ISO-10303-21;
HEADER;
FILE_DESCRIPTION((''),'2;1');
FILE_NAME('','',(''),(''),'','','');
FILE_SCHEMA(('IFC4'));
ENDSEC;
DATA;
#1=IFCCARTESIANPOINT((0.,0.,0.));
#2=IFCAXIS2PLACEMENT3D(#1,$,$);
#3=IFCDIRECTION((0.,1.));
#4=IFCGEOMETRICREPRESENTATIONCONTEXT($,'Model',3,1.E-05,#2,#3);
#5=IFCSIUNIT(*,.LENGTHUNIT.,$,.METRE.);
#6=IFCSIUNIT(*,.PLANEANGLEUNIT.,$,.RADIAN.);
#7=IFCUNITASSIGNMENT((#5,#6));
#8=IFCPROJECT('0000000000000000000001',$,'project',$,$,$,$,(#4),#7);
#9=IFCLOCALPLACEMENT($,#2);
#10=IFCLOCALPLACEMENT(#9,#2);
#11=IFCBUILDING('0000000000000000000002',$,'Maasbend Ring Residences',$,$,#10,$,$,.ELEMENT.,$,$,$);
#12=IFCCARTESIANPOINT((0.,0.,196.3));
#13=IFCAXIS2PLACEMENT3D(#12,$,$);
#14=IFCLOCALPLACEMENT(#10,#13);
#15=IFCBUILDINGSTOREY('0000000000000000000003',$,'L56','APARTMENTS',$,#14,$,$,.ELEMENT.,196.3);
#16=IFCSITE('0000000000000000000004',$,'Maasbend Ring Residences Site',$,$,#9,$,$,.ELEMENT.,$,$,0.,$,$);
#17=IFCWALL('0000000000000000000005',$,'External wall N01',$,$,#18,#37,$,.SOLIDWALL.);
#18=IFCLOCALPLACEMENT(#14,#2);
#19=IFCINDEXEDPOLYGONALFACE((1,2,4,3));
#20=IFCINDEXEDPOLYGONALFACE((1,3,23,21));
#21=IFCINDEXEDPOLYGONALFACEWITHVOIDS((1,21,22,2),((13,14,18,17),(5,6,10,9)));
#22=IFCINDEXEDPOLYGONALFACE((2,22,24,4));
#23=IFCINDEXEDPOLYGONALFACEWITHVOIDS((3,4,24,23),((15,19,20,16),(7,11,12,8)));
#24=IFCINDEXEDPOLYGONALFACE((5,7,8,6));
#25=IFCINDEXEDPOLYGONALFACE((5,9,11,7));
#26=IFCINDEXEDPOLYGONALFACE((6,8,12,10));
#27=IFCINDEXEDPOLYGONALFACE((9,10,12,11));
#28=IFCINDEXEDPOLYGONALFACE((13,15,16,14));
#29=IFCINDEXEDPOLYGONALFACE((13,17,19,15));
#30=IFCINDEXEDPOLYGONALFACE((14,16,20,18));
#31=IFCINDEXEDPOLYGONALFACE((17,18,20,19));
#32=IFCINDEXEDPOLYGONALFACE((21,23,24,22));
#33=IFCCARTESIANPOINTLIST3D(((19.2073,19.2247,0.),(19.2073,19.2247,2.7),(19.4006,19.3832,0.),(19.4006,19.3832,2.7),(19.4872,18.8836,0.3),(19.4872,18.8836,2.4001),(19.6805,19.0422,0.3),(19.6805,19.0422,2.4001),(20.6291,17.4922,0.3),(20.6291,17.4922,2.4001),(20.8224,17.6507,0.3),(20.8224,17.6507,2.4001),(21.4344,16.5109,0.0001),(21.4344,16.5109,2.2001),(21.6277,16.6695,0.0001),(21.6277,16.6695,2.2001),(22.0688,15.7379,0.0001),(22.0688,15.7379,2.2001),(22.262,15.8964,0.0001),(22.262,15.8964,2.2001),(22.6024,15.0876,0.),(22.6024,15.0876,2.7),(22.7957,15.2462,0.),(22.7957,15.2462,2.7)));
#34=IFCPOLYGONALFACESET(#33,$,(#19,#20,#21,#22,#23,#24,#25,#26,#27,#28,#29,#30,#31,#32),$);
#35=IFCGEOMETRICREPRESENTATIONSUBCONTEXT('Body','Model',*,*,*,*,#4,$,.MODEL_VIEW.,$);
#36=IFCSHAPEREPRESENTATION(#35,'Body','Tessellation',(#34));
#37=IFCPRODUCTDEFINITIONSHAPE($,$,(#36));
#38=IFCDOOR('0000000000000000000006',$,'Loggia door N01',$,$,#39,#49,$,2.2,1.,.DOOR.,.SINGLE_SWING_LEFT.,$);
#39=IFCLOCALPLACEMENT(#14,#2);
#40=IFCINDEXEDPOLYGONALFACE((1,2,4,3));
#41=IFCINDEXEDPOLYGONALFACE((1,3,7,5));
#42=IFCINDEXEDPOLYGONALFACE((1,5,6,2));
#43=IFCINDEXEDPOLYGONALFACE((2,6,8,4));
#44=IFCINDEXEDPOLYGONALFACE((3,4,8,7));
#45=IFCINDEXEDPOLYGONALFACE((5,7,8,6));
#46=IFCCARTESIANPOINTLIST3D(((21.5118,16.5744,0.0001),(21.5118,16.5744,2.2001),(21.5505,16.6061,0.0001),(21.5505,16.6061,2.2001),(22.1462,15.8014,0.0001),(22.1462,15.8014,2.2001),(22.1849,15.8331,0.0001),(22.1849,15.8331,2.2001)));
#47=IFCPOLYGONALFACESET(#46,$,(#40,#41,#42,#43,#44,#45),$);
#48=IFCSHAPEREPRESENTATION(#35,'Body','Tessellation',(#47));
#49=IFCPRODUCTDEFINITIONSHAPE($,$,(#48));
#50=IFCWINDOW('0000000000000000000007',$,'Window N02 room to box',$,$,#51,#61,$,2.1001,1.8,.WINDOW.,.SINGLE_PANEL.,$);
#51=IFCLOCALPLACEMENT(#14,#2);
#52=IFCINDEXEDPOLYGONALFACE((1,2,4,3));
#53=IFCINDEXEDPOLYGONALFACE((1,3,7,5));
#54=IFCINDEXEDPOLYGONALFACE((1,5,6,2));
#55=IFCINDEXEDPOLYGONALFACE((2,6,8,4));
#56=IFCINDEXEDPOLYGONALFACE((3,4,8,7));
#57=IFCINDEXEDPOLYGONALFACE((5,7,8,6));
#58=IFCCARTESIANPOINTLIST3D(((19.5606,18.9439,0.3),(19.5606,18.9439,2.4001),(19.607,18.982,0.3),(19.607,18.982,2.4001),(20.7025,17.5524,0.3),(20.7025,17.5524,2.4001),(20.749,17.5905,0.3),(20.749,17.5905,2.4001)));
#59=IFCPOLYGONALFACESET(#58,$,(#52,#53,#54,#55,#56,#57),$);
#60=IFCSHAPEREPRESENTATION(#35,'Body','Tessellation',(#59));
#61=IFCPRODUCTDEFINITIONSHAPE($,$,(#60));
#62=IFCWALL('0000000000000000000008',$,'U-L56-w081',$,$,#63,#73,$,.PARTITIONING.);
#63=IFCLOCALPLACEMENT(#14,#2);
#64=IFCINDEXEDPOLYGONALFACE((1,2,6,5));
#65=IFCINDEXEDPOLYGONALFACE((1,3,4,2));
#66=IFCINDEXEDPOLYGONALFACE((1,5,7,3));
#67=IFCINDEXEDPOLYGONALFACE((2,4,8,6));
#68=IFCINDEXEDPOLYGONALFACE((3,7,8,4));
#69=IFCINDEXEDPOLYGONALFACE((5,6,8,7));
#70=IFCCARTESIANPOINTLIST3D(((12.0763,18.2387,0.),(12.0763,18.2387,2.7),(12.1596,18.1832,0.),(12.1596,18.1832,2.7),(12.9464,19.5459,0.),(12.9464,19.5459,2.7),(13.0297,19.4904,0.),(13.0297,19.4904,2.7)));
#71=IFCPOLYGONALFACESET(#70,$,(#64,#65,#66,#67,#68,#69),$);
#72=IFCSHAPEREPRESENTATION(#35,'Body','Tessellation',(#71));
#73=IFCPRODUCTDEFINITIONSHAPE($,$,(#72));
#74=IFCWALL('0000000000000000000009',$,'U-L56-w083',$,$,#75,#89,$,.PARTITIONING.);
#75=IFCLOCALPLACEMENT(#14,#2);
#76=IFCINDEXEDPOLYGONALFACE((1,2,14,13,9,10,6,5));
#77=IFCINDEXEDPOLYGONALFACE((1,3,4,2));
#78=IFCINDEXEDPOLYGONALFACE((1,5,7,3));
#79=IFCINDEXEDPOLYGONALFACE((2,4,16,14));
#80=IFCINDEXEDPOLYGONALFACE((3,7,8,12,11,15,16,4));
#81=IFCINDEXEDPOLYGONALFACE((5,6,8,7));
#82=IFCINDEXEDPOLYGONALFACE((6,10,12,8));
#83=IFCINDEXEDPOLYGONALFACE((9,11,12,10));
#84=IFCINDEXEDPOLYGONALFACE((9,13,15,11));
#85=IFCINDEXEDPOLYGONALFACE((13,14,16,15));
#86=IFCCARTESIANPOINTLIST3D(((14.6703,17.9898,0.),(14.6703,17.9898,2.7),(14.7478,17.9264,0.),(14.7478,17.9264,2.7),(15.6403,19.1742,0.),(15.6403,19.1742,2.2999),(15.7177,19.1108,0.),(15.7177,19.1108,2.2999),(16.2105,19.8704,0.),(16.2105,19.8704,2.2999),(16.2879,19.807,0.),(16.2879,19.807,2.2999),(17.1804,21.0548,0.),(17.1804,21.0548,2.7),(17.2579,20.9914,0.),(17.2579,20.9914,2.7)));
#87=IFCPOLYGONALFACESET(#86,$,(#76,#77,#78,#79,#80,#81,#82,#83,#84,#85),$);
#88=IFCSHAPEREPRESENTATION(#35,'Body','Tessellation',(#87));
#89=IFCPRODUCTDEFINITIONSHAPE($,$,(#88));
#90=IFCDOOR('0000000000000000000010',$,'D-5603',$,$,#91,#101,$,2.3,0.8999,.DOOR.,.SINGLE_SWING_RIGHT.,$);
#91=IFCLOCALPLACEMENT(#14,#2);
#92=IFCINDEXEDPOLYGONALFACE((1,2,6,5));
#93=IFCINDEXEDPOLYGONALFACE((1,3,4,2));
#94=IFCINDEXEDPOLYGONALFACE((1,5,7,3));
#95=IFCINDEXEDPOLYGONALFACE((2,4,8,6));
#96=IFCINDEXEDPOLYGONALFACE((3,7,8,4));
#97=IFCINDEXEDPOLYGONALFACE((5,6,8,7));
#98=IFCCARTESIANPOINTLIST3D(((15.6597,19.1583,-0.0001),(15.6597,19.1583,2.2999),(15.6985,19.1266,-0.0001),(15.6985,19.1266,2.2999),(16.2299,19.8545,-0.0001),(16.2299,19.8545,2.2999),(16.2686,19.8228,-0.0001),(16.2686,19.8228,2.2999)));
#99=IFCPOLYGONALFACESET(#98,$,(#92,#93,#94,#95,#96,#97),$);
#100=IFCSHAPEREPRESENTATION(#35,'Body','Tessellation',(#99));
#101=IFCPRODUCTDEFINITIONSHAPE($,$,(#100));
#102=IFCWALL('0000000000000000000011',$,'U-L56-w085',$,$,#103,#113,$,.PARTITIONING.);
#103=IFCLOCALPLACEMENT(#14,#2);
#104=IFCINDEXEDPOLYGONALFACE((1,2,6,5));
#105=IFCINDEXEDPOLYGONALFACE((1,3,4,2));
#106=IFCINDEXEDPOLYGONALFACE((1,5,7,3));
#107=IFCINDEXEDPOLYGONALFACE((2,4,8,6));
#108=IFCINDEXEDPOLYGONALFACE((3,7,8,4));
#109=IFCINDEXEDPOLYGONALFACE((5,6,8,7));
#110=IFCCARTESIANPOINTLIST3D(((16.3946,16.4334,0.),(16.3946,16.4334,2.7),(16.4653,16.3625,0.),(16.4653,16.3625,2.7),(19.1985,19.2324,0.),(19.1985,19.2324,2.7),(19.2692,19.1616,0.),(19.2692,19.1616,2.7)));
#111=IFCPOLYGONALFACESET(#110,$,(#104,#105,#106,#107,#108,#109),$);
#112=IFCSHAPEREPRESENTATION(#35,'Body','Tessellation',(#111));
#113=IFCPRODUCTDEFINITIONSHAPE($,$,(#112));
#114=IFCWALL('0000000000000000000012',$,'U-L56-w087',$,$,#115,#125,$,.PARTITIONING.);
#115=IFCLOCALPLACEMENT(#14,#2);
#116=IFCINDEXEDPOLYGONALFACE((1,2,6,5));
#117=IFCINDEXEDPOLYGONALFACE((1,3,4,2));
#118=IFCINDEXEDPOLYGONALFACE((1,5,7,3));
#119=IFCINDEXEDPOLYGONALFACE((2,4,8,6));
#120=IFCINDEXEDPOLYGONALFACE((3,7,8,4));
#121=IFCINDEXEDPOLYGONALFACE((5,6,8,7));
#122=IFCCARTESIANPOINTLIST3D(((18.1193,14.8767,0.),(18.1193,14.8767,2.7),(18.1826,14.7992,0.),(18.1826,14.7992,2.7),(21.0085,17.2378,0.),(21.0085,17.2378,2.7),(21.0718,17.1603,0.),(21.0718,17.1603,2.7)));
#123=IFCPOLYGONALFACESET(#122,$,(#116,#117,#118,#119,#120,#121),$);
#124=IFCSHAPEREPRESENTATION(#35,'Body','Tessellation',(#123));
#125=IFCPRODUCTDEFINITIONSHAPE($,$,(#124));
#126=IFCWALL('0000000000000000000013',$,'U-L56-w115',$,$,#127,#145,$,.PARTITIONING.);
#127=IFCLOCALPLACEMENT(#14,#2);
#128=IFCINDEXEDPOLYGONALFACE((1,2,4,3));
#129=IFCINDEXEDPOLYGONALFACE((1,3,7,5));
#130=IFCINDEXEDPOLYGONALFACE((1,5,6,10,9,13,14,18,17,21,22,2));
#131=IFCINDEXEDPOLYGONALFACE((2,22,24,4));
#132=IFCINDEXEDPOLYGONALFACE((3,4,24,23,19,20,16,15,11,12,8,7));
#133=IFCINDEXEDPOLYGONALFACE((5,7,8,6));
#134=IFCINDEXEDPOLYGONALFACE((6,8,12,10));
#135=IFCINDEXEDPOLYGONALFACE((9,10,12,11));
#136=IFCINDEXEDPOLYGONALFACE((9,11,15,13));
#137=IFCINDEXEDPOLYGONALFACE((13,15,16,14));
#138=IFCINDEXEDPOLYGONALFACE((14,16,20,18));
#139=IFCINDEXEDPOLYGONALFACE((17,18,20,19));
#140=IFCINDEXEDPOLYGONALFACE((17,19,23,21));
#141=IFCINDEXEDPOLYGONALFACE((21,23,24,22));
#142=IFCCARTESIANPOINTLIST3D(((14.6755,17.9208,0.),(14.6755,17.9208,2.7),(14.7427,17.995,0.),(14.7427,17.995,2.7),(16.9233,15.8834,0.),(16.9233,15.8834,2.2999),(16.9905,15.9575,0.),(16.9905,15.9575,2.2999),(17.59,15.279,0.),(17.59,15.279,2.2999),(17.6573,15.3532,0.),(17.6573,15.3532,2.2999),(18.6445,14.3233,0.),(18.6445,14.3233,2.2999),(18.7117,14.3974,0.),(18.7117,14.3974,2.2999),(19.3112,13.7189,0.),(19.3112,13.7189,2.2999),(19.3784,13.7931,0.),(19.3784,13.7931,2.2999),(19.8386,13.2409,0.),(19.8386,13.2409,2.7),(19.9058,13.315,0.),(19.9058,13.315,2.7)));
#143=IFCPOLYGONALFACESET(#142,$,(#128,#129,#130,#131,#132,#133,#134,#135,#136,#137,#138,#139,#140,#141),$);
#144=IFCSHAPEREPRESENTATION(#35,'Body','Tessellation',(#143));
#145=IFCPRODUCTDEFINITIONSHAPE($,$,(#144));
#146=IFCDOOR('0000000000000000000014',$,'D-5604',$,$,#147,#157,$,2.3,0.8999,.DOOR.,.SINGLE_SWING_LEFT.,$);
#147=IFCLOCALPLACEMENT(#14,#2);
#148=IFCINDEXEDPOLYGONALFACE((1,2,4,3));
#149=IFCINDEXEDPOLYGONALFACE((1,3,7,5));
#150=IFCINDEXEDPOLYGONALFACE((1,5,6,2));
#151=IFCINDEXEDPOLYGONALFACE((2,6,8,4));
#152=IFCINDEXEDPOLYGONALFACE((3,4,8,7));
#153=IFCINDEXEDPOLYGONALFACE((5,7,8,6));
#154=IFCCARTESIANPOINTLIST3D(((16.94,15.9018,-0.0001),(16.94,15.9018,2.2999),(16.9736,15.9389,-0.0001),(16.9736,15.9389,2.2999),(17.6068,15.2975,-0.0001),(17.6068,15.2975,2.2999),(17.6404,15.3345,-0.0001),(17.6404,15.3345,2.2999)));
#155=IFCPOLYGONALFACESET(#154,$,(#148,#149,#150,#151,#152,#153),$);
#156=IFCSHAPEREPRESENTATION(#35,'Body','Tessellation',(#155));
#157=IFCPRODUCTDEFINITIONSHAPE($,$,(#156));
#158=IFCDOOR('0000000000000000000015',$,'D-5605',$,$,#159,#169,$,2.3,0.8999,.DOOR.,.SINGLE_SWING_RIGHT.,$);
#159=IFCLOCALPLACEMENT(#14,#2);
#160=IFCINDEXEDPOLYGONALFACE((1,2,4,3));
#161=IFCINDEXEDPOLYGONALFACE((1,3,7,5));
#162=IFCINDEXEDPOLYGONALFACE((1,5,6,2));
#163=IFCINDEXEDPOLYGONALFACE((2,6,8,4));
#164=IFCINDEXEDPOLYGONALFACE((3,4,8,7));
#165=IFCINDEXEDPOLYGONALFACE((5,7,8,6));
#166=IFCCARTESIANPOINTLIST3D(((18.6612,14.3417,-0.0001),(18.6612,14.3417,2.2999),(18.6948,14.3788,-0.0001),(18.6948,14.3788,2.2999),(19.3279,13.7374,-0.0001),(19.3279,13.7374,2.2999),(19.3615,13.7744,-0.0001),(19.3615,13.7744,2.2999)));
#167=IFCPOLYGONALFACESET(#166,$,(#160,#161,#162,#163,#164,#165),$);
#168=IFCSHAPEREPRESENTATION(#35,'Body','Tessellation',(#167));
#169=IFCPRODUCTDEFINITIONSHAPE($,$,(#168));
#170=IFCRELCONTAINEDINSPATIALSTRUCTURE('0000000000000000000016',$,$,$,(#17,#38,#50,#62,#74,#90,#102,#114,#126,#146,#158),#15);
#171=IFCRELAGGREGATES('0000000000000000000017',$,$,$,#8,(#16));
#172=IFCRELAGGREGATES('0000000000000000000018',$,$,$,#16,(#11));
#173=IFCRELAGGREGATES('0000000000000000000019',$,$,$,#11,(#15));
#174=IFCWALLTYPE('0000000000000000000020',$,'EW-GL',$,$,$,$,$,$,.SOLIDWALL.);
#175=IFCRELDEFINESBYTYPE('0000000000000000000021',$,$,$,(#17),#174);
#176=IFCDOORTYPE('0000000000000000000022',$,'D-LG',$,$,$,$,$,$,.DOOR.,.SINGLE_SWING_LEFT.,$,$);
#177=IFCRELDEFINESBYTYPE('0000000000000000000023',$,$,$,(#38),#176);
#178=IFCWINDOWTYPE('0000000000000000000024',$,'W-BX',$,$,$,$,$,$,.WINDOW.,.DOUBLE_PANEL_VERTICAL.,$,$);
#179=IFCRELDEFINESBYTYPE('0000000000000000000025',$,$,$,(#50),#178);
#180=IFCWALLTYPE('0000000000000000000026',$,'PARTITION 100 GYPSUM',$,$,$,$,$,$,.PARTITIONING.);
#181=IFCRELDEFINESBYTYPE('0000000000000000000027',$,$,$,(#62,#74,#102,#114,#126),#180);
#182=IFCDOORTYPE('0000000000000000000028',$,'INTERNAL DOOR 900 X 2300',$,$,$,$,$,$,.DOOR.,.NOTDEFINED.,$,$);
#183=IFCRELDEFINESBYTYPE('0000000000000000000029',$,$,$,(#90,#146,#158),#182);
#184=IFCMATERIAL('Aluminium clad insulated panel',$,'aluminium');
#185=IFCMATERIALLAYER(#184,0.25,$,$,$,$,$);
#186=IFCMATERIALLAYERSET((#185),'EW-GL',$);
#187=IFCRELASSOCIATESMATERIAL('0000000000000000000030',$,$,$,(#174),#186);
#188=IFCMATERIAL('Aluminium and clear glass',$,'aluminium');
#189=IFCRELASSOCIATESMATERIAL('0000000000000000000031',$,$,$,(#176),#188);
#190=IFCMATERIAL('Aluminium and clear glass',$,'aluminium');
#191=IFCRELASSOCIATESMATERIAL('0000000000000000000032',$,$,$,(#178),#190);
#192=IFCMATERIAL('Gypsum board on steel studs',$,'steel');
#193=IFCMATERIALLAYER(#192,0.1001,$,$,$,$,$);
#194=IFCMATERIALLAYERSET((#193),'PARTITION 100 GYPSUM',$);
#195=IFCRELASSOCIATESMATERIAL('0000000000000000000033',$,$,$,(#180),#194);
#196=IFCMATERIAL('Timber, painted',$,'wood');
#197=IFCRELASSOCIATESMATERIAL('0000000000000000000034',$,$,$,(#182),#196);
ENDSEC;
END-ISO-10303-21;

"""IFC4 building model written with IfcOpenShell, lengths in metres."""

from ifc_helpers import new_model, si_unit, direction, frame, frame_2d, origin, place, context, subcontext, project, spatial, rectangle, extrude, material, layer, layer_set, type_object, element, fill, save


model = new_model("IFC4")

# Units and contexts
model_context = context("Model", 3, precision=1e-05, world=origin(), true_north=direction((0.0, 1.0)))
body_context = subcontext(model_context, "Body", "Model", "MODEL_VIEW")
ifc_project = project(units=[si_unit("LENGTHUNIT", "METRE"), si_unit("PLANEANGLEUNIT", "RADIAN")], contexts=[model_context])

# Site, building, storey
site_placement = place(None, origin())
site = spatial("IfcSite", under=ifc_project, at=site_placement, Name="Maasbend Ring Residences Site", CompositionType="ELEMENT", RefElevation=0.0)
building_placement = place(site_placement, origin())
building = spatial("IfcBuilding", under=site, at=building_placement, Name="Maasbend Ring Residences", CompositionType="ELEMENT")
storey_placement = place(building_placement, frame((0.0, 0.0, 196.3)))
storey = spatial("IfcBuildingStorey", under=building, at=storey_placement, Name="L56", Description="APARTMENTS", CompositionType="ELEMENT", Elevation=196.3)

# Wall, openings, door, window
ifc_material_1 = material(Name="Aluminium clad insulated panel", Category="aluminium")
ifc_layer_1 = layer(ifc_material_1, 0.25)
ifc_layer_set_1 = layer_set([ifc_layer_1], Name="EW-GL")
wall_type_1 = type_object("IfcWallType", Name="EW-GL", PredefinedType="SOLIDWALL", material=ifc_layer_set_1)
wall_1_placement = place(storey_placement, frame((22.699, 15.167, 0.0), z_axis=(0.0, 0.0, 1.0), x_axis=(-0.634382, 0.773019, 0.0)))
wall_1 = element("IfcWall", 1, at=wall_1_placement, inside=storey, type_object=wall_type_1, Name="External wall N01", PredefinedType="SOLIDWALL", context=body_context, shape_type="SweptSolid", body=[
    extrude(rectangle(XDim=5.3518, YDim=0.25, at=frame_2d((2.6758, 0.0))), origin(), (0.0, 0.0, 1.0), 2.7),
])
opening_1_placement = place(wall_1_placement, frame((0.8411, 0.0, 0.0)))
opening_1 = element("IfcOpeningElement", 2, at=opening_1_placement, cuts=wall_1, PredefinedType="OPENING", context=body_context, shape_type="SweptSolid", body=[
    extrude(rectangle(XDim=1.0, YDim=2.2, at=frame_2d((0.5, 1.1001))), frame((0.0, 0.135, 0.0), z_axis=(0.0, -1.0, 0.0), x_axis=(1.0, 0.0, 0.0)), (0.0, 0.0, 1.0), 0.27),
])
opening_2_placement = place(wall_1_placement, frame((3.1106, 0.0, 0.3)))
opening_2 = element("IfcOpeningElement", 3, at=opening_2_placement, cuts=wall_1, PredefinedType="OPENING", context=body_context, shape_type="SweptSolid", body=[
    extrude(rectangle(XDim=1.8, YDim=2.1001, at=frame_2d((0.8999, 1.05))), frame((0.0, 0.135, 0.0), z_axis=(0.0, -1.0, 0.0), x_axis=(1.0, 0.0, 0.0)), (0.0, 0.0, 1.0), 0.27),
])
ifc_material_2 = material(Name="Aluminium and clear glass", Category="aluminium")
door_type_1 = type_object("IfcDoorType", Name="D-LG", OperationType="SINGLE_SWING_LEFT", PredefinedType="DOOR", material=ifc_material_2)
door_1_placement = place(opening_1_placement, origin())
door_1 = element("IfcDoor", 4, at=door_1_placement, inside=storey, type_object=door_type_1, Name="Loggia door N01", OperationType="SINGLE_SWING_LEFT", OverallHeight=2.2, OverallWidth=1.0, PredefinedType="DOOR", context=body_context, shape_type="SweptSolid", body=[
    extrude(rectangle(XDim=1.0, YDim=2.2, at=frame_2d((0.5, 1.1001))), frame((0.0, 0.0249, 0.0), z_axis=(0.0, -1.0, 0.0), x_axis=(1.0, 0.0, 0.0)), (0.0, 0.0, 1.0), 0.05),
])
fill(opening_1, door_1)
ifc_material_3 = material(Name="Aluminium and clear glass", Category="aluminium")
window_type_1 = type_object("IfcWindowType", Name="W-BX", PartitioningType="DOUBLE_PANEL_VERTICAL", PredefinedType="WINDOW", material=ifc_material_3)
window_1_placement = place(opening_2_placement, origin())
window_1 = element("IfcWindow", 5, at=window_1_placement, inside=storey, type_object=window_type_1, Name="Window N02 room to box", OverallHeight=2.1001, OverallWidth=1.8, PartitioningType="SINGLE_PANEL", PredefinedType="WINDOW", context=body_context, shape_type="SweptSolid", body=[
    extrude(rectangle(XDim=1.8, YDim=2.1001, at=frame_2d((0.8999, 1.05))), frame((0.0, 0.03, 0.0), z_axis=(0.0, -1.0, 0.0), x_axis=(1.0, 0.0, 0.0)), (0.0, 0.0, 1.0), 0.0601),
])
fill(opening_2, window_1)

# Wall
ifc_material_4 = material(Name="Gypsum board on steel studs", Category="steel")
ifc_layer_2 = layer(ifc_material_4, 0.1001)
ifc_layer_set_2 = layer_set([ifc_layer_2], Name="PARTITION 100 GYPSUM")
wall_type_2 = type_object("IfcWallType", Name="PARTITION 100 GYPSUM", PredefinedType="PARTITIONING", material=ifc_layer_set_2)
wall_2_placement = place(storey_placement, frame((12.1179, 18.2109, 0.0), z_axis=(0.0, 0.0, 1.0), x_axis=(0.554126, 0.832433, 0.0)))
element("IfcWall", 6, at=wall_2_placement, inside=storey, type_object=wall_type_2, Name="U-L56-w081", PredefinedType="PARTITIONING", context=body_context, shape_type="SweptSolid", body=[
    extrude(rectangle(XDim=1.5703, YDim=0.1001, at=frame_2d((0.7852, 0.0))), origin(), (0.0, 0.0, 1.0), 2.7),
])

# Wall, opening, door
wall_3_placement = place(storey_placement, frame((14.709, 17.958, 0.0), z_axis=(0.0, 0.0, 1.0), x_axis=(0.63359, 0.773669, 0.0)))
wall_3 = element("IfcWall", 7, at=wall_3_placement, inside=storey, type_object=wall_type_2, Name="U-L56-w083", PredefinedType="PARTITIONING", context=body_context, shape_type="SweptSolid", body=[
    extrude(rectangle(XDim=3.9617, YDim=0.1001, at=frame_2d((1.981, 0.0))), origin(), (0.0, 0.0, 1.0), 2.7),
])
opening_3_placement = place(wall_3_placement, frame((1.531, 0.0, 0.0)))
opening_3 = element("IfcOpeningElement", 8, at=opening_3_placement, cuts=wall_3, PredefinedType="OPENING", context=body_context, shape_type="SweptSolid", body=[
    extrude(rectangle(XDim=0.8999, YDim=2.3, at=frame_2d((0.45, 1.1499))), frame((0.0, 0.0601, 0.0), z_axis=(0.0, -1.0, 0.0), x_axis=(1.0, 0.0, 0.0)), (0.0, 0.0, 1.0), 0.1201),
])
ifc_material_5 = material(Name="Timber, painted", Category="wood")
door_type_2 = type_object("IfcDoorType", Name="INTERNAL DOOR 900 X 2300", OperationType="NOTDEFINED", PredefinedType="DOOR", material=ifc_material_5)
door_2_placement = place(opening_3_placement, origin())
door_2 = element("IfcDoor", 9, at=door_2_placement, inside=storey, type_object=door_type_2, Name="D-5603", OperationType="SINGLE_SWING_RIGHT", OverallHeight=2.3, OverallWidth=0.8999, PredefinedType="DOOR", context=body_context, shape_type="SweptSolid", body=[
    extrude(rectangle(XDim=0.8999, YDim=2.3, at=frame_2d((0.45, 1.1499))), frame((0.0, 0.0249, 0.0), z_axis=(0.0, -1.0, 0.0), x_axis=(1.0, 0.0, 0.0)), (0.0, 0.0, 1.0), 0.05),
])
fill(opening_3, door_2)

# Walls
wall_4_placement = place(storey_placement, frame((16.4299, 16.3979, 0.0), z_axis=(0.0, 0.0, 1.0), x_axis=(0.707723, 0.70649, 0.0)))
element("IfcWall", 10, at=wall_4_placement, inside=storey, type_object=wall_type_2, Name="U-L56-w085", PredefinedType="PARTITIONING", context=body_context, shape_type="SweptSolid", body=[
    extrude(rectangle(XDim=3.9619, YDim=0.1001, at=frame_2d((1.981, 0.0))), origin(), (0.0, 0.0, 1.0), 2.7),
])
wall_5_placement = place(storey_placement, frame((18.1509, 14.8379, 0.0), z_axis=(0.0, 0.0, 1.0), x_axis=(0.774322, 0.632792, 0.0)))
element("IfcWall", 11, at=wall_5_placement, inside=storey, type_object=wall_type_2, Name="U-L56-w087", PredefinedType="PARTITIONING", context=body_context, shape_type="SweptSolid", body=[
    extrude(rectangle(XDim=3.7312, YDim=0.1001, at=frame_2d((1.8657, 0.0))), origin(), (0.0, 0.0, 1.0), 2.7),
])

# Wall, openings, doors
wall_6_placement = place(storey_placement, frame((14.709, 17.958, 0.0), z_axis=(0.0, 0.0, 1.0), x_axis=(0.740924, -0.671589, 0.0)))
wall_6 = element("IfcWall", 12, at=wall_6_placement, inside=storey, type_object=wall_type_2, Name="U-L56-w115", PredefinedType="PARTITIONING", context=body_context, shape_type="SweptSolid", body=[
    extrude(rectangle(XDim=6.9685, YDim=0.1001, at=frame_2d((3.4844, 0.0))), origin(), (0.0, 0.0, 1.0), 2.7),
])
opening_4_placement = place(wall_6_placement, frame((3.0339, 0.0, 0.0)))
opening_4 = element("IfcOpeningElement", 13, at=opening_4_placement, cuts=wall_6, PredefinedType="OPENING", context=body_context, shape_type="SweptSolid", body=[
    extrude(rectangle(XDim=0.8999, YDim=2.3, at=frame_2d((0.45, 1.1499))), frame((0.0, 0.0601, 0.0), z_axis=(0.0, -1.0, 0.0), x_axis=(1.0, 0.0, 0.0)), (0.0, 0.0, 1.0), 0.1201),
])
opening_5_placement = place(wall_6_placement, frame((5.3569, 0.0, 0.0)))
opening_5 = element("IfcOpeningElement", 14, at=opening_5_placement, cuts=wall_6, PredefinedType="OPENING", context=body_context, shape_type="SweptSolid", body=[
    extrude(rectangle(XDim=0.8999, YDim=2.3, at=frame_2d((0.45, 1.1499))), frame((0.0, 0.0601, 0.0), z_axis=(0.0, -1.0, 0.0), x_axis=(1.0, 0.0, 0.0)), (0.0, 0.0, 1.0), 0.1201),
])
door_3_placement = place(opening_4_placement, origin())
door_3 = element("IfcDoor", 15, at=door_3_placement, inside=storey, type_object=door_type_2, Name="D-5604", OperationType="SINGLE_SWING_LEFT", OverallHeight=2.3, OverallWidth=0.8999, PredefinedType="DOOR", context=body_context, shape_type="SweptSolid", body=[
    extrude(rectangle(XDim=0.8999, YDim=2.3, at=frame_2d((0.45, 1.1499))), frame((0.0, 0.0249, 0.0), z_axis=(0.0, -1.0, 0.0), x_axis=(1.0, 0.0, 0.0)), (0.0, 0.0, 1.0), 0.05),
])
fill(opening_4, door_3)
door_4_placement = place(opening_5_placement, origin())
door_4 = element("IfcDoor", 16, at=door_4_placement, inside=storey, type_object=door_type_2, Name="D-5605", OperationType="SINGLE_SWING_RIGHT", OverallHeight=2.3, OverallWidth=0.8999, PredefinedType="DOOR", context=body_context, shape_type="SweptSolid", body=[
    extrude(rectangle(XDim=0.8999, YDim=2.3, at=frame_2d((0.45, 1.1499))), frame((0.0, 0.0249, 0.0), z_axis=(0.0, -1.0, 0.0), x_axis=(1.0, 0.0, 0.0)), (0.0, 0.0, 1.0), 0.05),
])
fill(opening_5, door_4)

save(model, "model.ifc")
